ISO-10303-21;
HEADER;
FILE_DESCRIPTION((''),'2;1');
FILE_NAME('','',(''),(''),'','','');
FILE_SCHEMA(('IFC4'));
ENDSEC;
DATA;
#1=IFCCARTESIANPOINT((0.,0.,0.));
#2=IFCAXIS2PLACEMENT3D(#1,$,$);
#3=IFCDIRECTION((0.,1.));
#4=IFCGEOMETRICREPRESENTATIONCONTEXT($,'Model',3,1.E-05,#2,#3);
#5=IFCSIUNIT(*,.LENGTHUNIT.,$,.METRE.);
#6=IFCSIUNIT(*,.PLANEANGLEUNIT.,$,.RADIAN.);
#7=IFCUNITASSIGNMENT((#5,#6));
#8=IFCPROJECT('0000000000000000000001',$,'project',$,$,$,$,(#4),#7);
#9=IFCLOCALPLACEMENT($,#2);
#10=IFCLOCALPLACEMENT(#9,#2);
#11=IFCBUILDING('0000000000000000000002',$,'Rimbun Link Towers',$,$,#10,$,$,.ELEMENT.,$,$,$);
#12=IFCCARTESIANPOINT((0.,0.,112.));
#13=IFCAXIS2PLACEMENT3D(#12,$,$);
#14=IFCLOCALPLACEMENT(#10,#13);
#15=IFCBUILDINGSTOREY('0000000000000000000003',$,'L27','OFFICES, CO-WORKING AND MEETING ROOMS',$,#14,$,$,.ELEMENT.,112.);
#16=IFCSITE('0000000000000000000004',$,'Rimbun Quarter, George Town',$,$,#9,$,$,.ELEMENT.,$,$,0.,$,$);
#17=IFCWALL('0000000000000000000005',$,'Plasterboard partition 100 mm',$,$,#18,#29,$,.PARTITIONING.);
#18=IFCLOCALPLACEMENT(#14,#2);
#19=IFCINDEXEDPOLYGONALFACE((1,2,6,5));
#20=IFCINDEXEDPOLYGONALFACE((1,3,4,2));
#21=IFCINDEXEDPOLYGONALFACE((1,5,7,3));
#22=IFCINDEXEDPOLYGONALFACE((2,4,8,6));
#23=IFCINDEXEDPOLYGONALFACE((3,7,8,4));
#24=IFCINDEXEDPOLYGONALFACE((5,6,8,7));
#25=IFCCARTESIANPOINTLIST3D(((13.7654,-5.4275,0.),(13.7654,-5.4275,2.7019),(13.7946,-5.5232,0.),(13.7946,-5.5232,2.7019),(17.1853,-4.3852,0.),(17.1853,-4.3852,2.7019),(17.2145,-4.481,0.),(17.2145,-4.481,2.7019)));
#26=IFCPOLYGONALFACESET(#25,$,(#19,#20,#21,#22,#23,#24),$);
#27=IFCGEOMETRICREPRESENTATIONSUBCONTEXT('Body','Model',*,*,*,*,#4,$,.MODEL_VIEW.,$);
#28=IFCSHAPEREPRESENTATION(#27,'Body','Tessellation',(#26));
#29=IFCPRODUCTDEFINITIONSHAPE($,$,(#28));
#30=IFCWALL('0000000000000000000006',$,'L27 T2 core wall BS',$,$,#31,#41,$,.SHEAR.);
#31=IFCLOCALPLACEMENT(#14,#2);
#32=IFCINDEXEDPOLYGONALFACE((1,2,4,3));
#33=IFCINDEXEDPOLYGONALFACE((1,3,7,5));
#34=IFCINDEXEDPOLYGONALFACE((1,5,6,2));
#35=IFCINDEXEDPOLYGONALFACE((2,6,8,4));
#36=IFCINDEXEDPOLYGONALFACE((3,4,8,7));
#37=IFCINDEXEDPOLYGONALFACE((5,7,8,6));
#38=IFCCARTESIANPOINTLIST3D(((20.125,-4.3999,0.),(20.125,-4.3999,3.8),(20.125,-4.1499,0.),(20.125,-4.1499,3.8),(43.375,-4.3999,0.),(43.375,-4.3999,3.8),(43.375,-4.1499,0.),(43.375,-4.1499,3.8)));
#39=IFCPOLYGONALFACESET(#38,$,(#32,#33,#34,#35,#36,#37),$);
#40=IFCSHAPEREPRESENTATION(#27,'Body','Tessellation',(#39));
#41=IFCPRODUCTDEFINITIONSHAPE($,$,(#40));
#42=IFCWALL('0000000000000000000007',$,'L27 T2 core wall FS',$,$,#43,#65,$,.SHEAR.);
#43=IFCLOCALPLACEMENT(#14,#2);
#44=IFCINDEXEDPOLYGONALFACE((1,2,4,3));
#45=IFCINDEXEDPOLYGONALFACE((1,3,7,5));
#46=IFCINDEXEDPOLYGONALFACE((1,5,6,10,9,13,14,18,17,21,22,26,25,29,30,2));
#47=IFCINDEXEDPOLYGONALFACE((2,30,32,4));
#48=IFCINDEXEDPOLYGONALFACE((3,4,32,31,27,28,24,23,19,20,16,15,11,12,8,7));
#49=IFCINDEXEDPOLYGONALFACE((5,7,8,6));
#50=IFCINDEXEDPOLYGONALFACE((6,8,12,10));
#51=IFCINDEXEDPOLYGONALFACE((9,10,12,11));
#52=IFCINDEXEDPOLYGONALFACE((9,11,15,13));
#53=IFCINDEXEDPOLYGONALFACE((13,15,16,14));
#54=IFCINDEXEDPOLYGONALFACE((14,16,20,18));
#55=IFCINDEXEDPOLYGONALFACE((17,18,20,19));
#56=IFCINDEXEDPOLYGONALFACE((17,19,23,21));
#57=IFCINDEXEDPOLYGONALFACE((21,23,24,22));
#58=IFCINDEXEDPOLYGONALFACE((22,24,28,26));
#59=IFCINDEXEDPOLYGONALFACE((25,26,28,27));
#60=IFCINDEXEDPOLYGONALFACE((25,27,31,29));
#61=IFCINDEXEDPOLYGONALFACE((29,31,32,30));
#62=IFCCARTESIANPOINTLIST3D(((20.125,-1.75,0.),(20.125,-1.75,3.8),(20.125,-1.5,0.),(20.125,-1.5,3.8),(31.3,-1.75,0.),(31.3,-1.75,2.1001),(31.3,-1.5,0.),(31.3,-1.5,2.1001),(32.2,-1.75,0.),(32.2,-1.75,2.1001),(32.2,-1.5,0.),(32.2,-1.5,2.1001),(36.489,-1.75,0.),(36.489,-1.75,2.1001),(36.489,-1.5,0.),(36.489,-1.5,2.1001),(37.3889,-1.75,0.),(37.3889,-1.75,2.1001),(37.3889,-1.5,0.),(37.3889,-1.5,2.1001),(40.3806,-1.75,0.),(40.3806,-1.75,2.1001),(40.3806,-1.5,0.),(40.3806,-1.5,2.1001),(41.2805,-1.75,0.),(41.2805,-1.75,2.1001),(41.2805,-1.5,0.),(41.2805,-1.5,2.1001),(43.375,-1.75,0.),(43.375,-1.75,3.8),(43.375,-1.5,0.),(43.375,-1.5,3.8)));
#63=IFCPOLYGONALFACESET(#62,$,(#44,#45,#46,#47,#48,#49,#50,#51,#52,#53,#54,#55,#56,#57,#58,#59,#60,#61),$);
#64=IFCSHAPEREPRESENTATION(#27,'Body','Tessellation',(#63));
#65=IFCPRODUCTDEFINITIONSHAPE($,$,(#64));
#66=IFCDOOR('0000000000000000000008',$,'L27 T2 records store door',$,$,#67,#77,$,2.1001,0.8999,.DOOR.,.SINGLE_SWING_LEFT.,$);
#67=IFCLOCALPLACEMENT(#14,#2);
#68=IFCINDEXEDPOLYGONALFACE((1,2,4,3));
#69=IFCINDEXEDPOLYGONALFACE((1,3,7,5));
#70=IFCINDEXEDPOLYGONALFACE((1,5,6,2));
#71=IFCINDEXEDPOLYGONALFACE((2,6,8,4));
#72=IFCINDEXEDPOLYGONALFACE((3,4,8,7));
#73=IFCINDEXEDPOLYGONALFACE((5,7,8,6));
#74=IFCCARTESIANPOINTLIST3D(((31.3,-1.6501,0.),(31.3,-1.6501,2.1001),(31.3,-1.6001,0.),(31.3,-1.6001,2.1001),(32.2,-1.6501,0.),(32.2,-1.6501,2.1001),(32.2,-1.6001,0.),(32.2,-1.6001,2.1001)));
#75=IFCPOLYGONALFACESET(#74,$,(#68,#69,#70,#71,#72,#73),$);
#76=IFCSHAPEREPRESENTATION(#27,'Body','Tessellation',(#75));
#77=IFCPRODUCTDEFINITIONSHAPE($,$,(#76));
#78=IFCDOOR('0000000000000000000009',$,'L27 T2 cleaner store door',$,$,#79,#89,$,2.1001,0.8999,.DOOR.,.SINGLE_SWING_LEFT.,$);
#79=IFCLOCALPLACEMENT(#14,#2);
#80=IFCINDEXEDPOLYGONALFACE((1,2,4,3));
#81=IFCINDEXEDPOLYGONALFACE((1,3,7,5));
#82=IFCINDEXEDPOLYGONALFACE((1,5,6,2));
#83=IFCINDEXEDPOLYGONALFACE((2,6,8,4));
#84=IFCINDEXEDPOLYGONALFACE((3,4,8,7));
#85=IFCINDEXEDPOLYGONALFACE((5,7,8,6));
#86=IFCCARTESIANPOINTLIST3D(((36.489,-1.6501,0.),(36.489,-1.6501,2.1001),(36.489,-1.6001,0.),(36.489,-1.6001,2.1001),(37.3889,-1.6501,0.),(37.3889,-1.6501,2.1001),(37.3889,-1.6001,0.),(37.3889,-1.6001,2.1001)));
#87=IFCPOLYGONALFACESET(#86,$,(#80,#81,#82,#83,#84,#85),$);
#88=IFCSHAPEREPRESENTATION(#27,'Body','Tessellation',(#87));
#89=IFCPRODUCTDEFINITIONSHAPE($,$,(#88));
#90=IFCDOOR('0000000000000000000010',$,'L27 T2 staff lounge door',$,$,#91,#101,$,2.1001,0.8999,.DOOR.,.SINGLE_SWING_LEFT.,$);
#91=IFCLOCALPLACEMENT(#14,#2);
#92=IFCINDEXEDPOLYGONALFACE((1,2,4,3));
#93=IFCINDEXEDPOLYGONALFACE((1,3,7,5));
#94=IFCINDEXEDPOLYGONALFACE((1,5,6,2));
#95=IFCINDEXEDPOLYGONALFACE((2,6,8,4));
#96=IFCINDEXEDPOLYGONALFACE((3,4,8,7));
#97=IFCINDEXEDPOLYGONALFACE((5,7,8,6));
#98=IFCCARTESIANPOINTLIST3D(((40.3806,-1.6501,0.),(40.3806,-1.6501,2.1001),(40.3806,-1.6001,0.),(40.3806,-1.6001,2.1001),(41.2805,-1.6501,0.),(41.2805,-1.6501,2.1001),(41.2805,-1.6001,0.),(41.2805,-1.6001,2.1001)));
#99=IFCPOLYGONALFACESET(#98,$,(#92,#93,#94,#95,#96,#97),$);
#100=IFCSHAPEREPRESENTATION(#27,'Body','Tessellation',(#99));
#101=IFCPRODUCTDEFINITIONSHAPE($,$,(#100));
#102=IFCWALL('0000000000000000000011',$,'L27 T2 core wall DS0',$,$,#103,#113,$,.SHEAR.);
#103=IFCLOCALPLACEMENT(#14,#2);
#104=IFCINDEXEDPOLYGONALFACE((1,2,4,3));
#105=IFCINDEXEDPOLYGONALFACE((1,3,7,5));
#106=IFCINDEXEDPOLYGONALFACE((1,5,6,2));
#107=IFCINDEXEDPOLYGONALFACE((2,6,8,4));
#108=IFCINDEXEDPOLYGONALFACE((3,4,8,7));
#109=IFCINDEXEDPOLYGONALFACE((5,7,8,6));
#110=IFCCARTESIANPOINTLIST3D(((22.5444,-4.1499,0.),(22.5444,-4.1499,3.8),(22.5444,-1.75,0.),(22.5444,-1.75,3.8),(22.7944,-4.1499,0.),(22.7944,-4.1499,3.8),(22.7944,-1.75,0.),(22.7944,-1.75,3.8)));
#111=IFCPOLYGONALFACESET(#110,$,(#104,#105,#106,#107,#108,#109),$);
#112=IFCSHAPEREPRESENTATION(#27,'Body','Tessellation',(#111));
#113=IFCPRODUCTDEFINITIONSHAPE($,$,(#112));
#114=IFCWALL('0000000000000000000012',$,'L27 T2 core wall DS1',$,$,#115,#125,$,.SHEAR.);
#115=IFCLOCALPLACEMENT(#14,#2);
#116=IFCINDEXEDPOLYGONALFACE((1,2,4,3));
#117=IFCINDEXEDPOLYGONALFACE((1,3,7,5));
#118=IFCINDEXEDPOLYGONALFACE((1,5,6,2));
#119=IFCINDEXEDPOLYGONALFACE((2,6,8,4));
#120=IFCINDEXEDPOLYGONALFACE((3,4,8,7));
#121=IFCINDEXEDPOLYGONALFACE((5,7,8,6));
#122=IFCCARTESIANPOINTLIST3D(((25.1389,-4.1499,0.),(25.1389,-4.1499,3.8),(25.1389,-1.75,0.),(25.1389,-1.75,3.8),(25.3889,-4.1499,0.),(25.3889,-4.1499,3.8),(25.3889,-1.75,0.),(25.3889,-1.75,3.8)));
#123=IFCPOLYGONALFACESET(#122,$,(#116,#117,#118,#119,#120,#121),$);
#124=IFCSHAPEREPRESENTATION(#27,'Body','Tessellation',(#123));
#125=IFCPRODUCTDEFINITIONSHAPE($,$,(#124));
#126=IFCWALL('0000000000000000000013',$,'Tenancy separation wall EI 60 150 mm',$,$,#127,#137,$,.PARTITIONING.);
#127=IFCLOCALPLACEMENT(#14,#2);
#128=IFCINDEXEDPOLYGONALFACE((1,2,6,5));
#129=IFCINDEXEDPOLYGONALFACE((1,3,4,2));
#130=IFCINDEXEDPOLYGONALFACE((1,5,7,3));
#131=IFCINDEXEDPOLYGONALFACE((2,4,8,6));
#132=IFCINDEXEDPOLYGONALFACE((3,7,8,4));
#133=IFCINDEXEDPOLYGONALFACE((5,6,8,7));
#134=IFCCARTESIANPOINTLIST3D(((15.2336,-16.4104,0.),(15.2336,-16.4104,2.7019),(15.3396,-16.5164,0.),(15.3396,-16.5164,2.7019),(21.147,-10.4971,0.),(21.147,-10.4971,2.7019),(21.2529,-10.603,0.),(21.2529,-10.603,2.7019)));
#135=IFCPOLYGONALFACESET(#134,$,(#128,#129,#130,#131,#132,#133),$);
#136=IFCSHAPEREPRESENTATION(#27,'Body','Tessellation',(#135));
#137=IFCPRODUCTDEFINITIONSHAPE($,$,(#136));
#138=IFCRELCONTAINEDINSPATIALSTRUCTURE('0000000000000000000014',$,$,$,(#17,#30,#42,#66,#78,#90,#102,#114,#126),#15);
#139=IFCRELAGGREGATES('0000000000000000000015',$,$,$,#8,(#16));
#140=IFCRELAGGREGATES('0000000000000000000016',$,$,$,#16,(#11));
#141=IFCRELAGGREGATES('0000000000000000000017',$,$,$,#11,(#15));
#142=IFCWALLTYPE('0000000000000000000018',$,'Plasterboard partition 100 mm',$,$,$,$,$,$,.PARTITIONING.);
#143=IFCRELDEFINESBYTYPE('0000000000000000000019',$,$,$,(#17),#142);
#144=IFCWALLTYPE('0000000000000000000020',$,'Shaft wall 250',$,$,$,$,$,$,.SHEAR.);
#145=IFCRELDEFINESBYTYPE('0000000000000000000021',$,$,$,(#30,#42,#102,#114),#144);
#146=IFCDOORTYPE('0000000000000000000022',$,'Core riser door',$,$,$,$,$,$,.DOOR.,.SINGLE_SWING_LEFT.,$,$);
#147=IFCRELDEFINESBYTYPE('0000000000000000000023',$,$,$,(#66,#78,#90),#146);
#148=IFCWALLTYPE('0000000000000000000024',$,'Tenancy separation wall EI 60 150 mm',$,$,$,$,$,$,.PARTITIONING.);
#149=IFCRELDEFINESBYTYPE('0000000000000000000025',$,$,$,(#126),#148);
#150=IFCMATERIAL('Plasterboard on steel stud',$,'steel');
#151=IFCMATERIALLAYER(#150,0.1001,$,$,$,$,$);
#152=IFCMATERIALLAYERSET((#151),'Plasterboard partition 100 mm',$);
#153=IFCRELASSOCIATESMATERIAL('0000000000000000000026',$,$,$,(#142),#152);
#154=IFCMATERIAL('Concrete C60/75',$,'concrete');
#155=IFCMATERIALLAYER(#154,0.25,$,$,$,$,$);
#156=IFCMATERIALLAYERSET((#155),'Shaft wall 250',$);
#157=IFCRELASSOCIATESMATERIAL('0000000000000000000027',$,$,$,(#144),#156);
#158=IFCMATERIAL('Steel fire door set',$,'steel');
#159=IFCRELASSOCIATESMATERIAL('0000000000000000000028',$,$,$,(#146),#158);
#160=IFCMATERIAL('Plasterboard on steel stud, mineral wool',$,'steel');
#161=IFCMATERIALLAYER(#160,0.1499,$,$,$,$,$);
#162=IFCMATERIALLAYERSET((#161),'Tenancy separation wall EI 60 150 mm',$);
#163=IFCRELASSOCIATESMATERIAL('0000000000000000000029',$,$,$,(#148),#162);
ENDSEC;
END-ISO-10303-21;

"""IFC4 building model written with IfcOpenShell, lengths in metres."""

from ifc_helpers import new_model, si_unit, direction, frame, frame_2d, origin, place, context, subcontext, project, spatial, rectangle, extrude, material, layer, layer_set, type_object, element, fill, save


model = new_model("IFC4")

# Units and contexts
model_context = context("Model", 3, precision=1e-05, world=origin(), true_north=direction((0.0, 1.0)))
body_context = subcontext(model_context, "Body", "Model", "MODEL_VIEW")
ifc_project = project(units=[si_unit("LENGTHUNIT", "METRE"), si_unit("PLANEANGLEUNIT", "RADIAN")], contexts=[model_context])

# Site, building, storey
site_placement = place(None, origin())
site = spatial("IfcSite", under=ifc_project, at=site_placement, Name="Rimbun Quarter, George Town", CompositionType="ELEMENT", RefElevation=0.0)
building_placement = place(site_placement, origin())
building = spatial("IfcBuilding", under=site, at=building_placement, Name="Rimbun Link Towers", CompositionType="ELEMENT")
storey_placement = place(building_placement, frame((0.0, 0.0, 112.0)))
storey = spatial("IfcBuildingStorey", under=building, at=storey_placement, Name="L27", Description="OFFICES, CO-WORKING AND MEETING ROOMS", CompositionType="ELEMENT", Elevation=112.0)

# Walls
ifc_material_1 = material(Name="Plasterboard on steel stud", Category="steel")
ifc_layer_1 = layer(ifc_material_1, 0.1001)
ifc_layer_set_1 = layer_set([ifc_layer_1], Name="Plasterboard partition 100 mm")
wall_type_1 = type_object("IfcWallType", Name="Plasterboard partition 100 mm", PredefinedType="PARTITIONING", material=ifc_layer_set_1)
wall_1_placement = place(storey_placement, frame((13.78, -5.4753, 0.0), z_axis=(0.0, 0.0, 1.0), x_axis=(0.956565, 0.291518, 0.0)))
element("IfcWall", 1, at=wall_1_placement, inside=storey, type_object=wall_type_1, Name="Plasterboard partition 100 mm", PredefinedType="PARTITIONING", context=body_context, shape_type="SweptSolid", body=[
    extrude(rectangle(XDim=3.5752, YDim=0.1001, at=frame_2d((1.7876, 0.0))), origin(), (0.0, 0.0, 1.0), 2.7019),
])
ifc_material_2 = material(Name="Concrete C60/75", Category="concrete")
ifc_layer_2 = layer(ifc_material_2, 0.25)
ifc_layer_set_2 = layer_set([ifc_layer_2], Name="Shaft wall 250")
wall_type_2 = type_object("IfcWallType", Name="Shaft wall 250", PredefinedType="SHEAR", material=ifc_layer_set_2)
wall_2_placement = place(storey_placement, frame((20.125, -4.2749, 0.0), z_axis=(0.0, 0.0, 1.0), x_axis=(1.0, 0.0, 0.0)))
element("IfcWall", 2, at=wall_2_placement, inside=storey, type_object=wall_type_2, Name="L27 T2 core wall BS", PredefinedType="SHEAR", context=body_context, shape_type="SweptSolid", body=[
    extrude(rectangle(XDim=23.25, YDim=0.25, at=frame_2d((11.625, 0.0))), origin(), (0.0, 0.0, 1.0), 3.8),
])

# Wall, openings, doors
wall_3_placement = place(storey_placement, frame((20.125, -1.625, 0.0), z_axis=(0.0, 0.0, 1.0), x_axis=(1.0, 0.0, 0.0)))
wall_3 = element("IfcWall", 3, at=wall_3_placement, inside=storey, type_object=wall_type_2, Name="L27 T2 core wall FS", PredefinedType="SHEAR", context=body_context, shape_type="SweptSolid", body=[
    extrude(rectangle(XDim=23.25, YDim=0.25, at=frame_2d((11.625, 0.0))), origin(), (0.0, 0.0, 1.0), 3.8),
])
opening_1_placement = place(wall_3_placement, frame((11.175, 0.0, 0.0)))
opening_1 = element("IfcOpeningElement", 4, at=opening_1_placement, cuts=wall_3, PredefinedType="OPENING", context=body_context, shape_type="SweptSolid", body=[
    extrude(rectangle(XDim=0.8999, YDim=2.1001, at=frame_2d((0.45, 1.05))), frame((0.0, 0.135, 0.0), z_axis=(0.0, -1.0, 0.0), x_axis=(1.0, 0.0, 0.0)), (0.0, 0.0, 1.0), 0.27),
])
opening_2_placement = place(wall_3_placement, frame((16.364, 0.0, 0.0)))
opening_2 = element("IfcOpeningElement", 5, at=opening_2_placement, cuts=wall_3, PredefinedType="OPENING", context=body_context, shape_type="SweptSolid", body=[
    extrude(rectangle(XDim=0.8999, YDim=2.1001, at=frame_2d((0.45, 1.05))), frame((0.0, 0.135, 0.0), z_axis=(0.0, -1.0, 0.0), x_axis=(1.0, 0.0, 0.0)), (0.0, 0.0, 1.0), 0.27),
])
opening_3_placement = place(wall_3_placement, frame((20.2556, 0.0, 0.0)))
opening_3 = element("IfcOpeningElement", 6, at=opening_3_placement, cuts=wall_3, PredefinedType="OPENING", context=body_context, shape_type="SweptSolid", body=[
    extrude(rectangle(XDim=0.8999, YDim=2.1001, at=frame_2d((0.45, 1.05))), frame((0.0, 0.135, 0.0), z_axis=(0.0, -1.0, 0.0), x_axis=(1.0, 0.0, 0.0)), (0.0, 0.0, 1.0), 0.27),
])
ifc_material_3 = material(Name="Steel fire door set", Category="steel")
door_type_1 = type_object("IfcDoorType", Name="Core riser door", OperationType="SINGLE_SWING_LEFT", PredefinedType="DOOR", material=ifc_material_3)
door_1_placement = place(opening_1_placement, origin())
door_1 = element("IfcDoor", 7, at=door_1_placement, inside=storey, type_object=door_type_1, Name="L27 T2 records store door", OperationType="SINGLE_SWING_LEFT", OverallHeight=2.1001, OverallWidth=0.8999, PredefinedType="DOOR", context=body_context, shape_type="SweptSolid", body=[
    extrude(rectangle(XDim=0.8999, YDim=2.1001, at=frame_2d((0.45, 1.05))), frame((0.0, 0.0249, 0.0), z_axis=(0.0, -1.0, 0.0), x_axis=(1.0, 0.0, 0.0)), (0.0, 0.0, 1.0), 0.05),
])
fill(opening_1, door_1)
door_2_placement = place(opening_2_placement, origin())
door_2 = element("IfcDoor", 8, at=door_2_placement, inside=storey, type_object=door_type_1, Name="L27 T2 cleaner store door", OperationType="SINGLE_SWING_LEFT", OverallHeight=2.1001, OverallWidth=0.8999, PredefinedType="DOOR", context=body_context, shape_type="SweptSolid", body=[
    extrude(rectangle(XDim=0.8999, YDim=2.1001, at=frame_2d((0.45, 1.05))), frame((0.0, 0.0249, 0.0), z_axis=(0.0, -1.0, 0.0), x_axis=(1.0, 0.0, 0.0)), (0.0, 0.0, 1.0), 0.05),
])
fill(opening_2, door_2)
door_3_placement = place(opening_3_placement, origin())
door_3 = element("IfcDoor", 9, at=door_3_placement, inside=storey, type_object=door_type_1, Name="L27 T2 staff lounge door", OperationType="SINGLE_SWING_LEFT", OverallHeight=2.1001, OverallWidth=0.8999, PredefinedType="DOOR", context=body_context, shape_type="SweptSolid", body=[
    extrude(rectangle(XDim=0.8999, YDim=2.1001, at=frame_2d((0.45, 1.05))), frame((0.0, 0.0249, 0.0), z_axis=(0.0, -1.0, 0.0), x_axis=(1.0, 0.0, 0.0)), (0.0, 0.0, 1.0), 0.05),
])
fill(opening_3, door_3)

# Walls
for number, where, z_axis, x_axis, name in (
    (10, (22.6694, -4.1499, 0.0), (0.0, 0.0, 1.0), (0.0, 1.0, 0.0), "L27 T2 core wall DS0"),
    (11, (25.2639, -4.1499, 0.0), (0.0, 0.0, 1.0), (0.0, 1.0, 0.0), "L27 T2 core wall DS1"),
):
    element("IfcWall", number, at=place(storey_placement, frame(where, z_axis=z_axis, x_axis=x_axis)), inside=storey, type_object=wall_type_2, Name=name, PredefinedType="SHEAR", context=body_context, shape_type="SweptSolid", body=[
        extrude(rectangle(XDim=2.3999, YDim=0.25, at=frame_2d((1.2, 0.0))), origin(), (0.0, 0.0, 1.0), 3.8),
    ])
ifc_material_4 = material(Name="Plasterboard on steel stud, mineral wool", Category="steel")
ifc_layer_3 = layer(ifc_material_4, 0.1499)
ifc_layer_set_3 = layer_set([ifc_layer_3], Name="Tenancy separation wall EI 60 150 mm")
wall_type_3 = type_object("IfcWallType", Name="Tenancy separation wall EI 60 150 mm", PredefinedType="PARTITIONING", material=ifc_layer_set_3)
wall_4_placement = place(storey_placement, frame((21.2, -10.55, 0.0), z_axis=(0.0, 0.0, 1.0), x_axis=(-0.707107, -0.707107, 0.0)))
element("IfcWall", 12, at=wall_4_placement, inside=storey, type_object=wall_type_3, Name="Tenancy separation wall EI 60 150 mm", PredefinedType="PARTITIONING", context=body_context, shape_type="SweptSolid", body=[
    extrude(rectangle(XDim=8.3628, YDim=0.1499, at=frame_2d((4.1814, 0.0))), origin(), (0.0, 0.0, 1.0), 2.7019),
])

save(model, "model.ifc")
